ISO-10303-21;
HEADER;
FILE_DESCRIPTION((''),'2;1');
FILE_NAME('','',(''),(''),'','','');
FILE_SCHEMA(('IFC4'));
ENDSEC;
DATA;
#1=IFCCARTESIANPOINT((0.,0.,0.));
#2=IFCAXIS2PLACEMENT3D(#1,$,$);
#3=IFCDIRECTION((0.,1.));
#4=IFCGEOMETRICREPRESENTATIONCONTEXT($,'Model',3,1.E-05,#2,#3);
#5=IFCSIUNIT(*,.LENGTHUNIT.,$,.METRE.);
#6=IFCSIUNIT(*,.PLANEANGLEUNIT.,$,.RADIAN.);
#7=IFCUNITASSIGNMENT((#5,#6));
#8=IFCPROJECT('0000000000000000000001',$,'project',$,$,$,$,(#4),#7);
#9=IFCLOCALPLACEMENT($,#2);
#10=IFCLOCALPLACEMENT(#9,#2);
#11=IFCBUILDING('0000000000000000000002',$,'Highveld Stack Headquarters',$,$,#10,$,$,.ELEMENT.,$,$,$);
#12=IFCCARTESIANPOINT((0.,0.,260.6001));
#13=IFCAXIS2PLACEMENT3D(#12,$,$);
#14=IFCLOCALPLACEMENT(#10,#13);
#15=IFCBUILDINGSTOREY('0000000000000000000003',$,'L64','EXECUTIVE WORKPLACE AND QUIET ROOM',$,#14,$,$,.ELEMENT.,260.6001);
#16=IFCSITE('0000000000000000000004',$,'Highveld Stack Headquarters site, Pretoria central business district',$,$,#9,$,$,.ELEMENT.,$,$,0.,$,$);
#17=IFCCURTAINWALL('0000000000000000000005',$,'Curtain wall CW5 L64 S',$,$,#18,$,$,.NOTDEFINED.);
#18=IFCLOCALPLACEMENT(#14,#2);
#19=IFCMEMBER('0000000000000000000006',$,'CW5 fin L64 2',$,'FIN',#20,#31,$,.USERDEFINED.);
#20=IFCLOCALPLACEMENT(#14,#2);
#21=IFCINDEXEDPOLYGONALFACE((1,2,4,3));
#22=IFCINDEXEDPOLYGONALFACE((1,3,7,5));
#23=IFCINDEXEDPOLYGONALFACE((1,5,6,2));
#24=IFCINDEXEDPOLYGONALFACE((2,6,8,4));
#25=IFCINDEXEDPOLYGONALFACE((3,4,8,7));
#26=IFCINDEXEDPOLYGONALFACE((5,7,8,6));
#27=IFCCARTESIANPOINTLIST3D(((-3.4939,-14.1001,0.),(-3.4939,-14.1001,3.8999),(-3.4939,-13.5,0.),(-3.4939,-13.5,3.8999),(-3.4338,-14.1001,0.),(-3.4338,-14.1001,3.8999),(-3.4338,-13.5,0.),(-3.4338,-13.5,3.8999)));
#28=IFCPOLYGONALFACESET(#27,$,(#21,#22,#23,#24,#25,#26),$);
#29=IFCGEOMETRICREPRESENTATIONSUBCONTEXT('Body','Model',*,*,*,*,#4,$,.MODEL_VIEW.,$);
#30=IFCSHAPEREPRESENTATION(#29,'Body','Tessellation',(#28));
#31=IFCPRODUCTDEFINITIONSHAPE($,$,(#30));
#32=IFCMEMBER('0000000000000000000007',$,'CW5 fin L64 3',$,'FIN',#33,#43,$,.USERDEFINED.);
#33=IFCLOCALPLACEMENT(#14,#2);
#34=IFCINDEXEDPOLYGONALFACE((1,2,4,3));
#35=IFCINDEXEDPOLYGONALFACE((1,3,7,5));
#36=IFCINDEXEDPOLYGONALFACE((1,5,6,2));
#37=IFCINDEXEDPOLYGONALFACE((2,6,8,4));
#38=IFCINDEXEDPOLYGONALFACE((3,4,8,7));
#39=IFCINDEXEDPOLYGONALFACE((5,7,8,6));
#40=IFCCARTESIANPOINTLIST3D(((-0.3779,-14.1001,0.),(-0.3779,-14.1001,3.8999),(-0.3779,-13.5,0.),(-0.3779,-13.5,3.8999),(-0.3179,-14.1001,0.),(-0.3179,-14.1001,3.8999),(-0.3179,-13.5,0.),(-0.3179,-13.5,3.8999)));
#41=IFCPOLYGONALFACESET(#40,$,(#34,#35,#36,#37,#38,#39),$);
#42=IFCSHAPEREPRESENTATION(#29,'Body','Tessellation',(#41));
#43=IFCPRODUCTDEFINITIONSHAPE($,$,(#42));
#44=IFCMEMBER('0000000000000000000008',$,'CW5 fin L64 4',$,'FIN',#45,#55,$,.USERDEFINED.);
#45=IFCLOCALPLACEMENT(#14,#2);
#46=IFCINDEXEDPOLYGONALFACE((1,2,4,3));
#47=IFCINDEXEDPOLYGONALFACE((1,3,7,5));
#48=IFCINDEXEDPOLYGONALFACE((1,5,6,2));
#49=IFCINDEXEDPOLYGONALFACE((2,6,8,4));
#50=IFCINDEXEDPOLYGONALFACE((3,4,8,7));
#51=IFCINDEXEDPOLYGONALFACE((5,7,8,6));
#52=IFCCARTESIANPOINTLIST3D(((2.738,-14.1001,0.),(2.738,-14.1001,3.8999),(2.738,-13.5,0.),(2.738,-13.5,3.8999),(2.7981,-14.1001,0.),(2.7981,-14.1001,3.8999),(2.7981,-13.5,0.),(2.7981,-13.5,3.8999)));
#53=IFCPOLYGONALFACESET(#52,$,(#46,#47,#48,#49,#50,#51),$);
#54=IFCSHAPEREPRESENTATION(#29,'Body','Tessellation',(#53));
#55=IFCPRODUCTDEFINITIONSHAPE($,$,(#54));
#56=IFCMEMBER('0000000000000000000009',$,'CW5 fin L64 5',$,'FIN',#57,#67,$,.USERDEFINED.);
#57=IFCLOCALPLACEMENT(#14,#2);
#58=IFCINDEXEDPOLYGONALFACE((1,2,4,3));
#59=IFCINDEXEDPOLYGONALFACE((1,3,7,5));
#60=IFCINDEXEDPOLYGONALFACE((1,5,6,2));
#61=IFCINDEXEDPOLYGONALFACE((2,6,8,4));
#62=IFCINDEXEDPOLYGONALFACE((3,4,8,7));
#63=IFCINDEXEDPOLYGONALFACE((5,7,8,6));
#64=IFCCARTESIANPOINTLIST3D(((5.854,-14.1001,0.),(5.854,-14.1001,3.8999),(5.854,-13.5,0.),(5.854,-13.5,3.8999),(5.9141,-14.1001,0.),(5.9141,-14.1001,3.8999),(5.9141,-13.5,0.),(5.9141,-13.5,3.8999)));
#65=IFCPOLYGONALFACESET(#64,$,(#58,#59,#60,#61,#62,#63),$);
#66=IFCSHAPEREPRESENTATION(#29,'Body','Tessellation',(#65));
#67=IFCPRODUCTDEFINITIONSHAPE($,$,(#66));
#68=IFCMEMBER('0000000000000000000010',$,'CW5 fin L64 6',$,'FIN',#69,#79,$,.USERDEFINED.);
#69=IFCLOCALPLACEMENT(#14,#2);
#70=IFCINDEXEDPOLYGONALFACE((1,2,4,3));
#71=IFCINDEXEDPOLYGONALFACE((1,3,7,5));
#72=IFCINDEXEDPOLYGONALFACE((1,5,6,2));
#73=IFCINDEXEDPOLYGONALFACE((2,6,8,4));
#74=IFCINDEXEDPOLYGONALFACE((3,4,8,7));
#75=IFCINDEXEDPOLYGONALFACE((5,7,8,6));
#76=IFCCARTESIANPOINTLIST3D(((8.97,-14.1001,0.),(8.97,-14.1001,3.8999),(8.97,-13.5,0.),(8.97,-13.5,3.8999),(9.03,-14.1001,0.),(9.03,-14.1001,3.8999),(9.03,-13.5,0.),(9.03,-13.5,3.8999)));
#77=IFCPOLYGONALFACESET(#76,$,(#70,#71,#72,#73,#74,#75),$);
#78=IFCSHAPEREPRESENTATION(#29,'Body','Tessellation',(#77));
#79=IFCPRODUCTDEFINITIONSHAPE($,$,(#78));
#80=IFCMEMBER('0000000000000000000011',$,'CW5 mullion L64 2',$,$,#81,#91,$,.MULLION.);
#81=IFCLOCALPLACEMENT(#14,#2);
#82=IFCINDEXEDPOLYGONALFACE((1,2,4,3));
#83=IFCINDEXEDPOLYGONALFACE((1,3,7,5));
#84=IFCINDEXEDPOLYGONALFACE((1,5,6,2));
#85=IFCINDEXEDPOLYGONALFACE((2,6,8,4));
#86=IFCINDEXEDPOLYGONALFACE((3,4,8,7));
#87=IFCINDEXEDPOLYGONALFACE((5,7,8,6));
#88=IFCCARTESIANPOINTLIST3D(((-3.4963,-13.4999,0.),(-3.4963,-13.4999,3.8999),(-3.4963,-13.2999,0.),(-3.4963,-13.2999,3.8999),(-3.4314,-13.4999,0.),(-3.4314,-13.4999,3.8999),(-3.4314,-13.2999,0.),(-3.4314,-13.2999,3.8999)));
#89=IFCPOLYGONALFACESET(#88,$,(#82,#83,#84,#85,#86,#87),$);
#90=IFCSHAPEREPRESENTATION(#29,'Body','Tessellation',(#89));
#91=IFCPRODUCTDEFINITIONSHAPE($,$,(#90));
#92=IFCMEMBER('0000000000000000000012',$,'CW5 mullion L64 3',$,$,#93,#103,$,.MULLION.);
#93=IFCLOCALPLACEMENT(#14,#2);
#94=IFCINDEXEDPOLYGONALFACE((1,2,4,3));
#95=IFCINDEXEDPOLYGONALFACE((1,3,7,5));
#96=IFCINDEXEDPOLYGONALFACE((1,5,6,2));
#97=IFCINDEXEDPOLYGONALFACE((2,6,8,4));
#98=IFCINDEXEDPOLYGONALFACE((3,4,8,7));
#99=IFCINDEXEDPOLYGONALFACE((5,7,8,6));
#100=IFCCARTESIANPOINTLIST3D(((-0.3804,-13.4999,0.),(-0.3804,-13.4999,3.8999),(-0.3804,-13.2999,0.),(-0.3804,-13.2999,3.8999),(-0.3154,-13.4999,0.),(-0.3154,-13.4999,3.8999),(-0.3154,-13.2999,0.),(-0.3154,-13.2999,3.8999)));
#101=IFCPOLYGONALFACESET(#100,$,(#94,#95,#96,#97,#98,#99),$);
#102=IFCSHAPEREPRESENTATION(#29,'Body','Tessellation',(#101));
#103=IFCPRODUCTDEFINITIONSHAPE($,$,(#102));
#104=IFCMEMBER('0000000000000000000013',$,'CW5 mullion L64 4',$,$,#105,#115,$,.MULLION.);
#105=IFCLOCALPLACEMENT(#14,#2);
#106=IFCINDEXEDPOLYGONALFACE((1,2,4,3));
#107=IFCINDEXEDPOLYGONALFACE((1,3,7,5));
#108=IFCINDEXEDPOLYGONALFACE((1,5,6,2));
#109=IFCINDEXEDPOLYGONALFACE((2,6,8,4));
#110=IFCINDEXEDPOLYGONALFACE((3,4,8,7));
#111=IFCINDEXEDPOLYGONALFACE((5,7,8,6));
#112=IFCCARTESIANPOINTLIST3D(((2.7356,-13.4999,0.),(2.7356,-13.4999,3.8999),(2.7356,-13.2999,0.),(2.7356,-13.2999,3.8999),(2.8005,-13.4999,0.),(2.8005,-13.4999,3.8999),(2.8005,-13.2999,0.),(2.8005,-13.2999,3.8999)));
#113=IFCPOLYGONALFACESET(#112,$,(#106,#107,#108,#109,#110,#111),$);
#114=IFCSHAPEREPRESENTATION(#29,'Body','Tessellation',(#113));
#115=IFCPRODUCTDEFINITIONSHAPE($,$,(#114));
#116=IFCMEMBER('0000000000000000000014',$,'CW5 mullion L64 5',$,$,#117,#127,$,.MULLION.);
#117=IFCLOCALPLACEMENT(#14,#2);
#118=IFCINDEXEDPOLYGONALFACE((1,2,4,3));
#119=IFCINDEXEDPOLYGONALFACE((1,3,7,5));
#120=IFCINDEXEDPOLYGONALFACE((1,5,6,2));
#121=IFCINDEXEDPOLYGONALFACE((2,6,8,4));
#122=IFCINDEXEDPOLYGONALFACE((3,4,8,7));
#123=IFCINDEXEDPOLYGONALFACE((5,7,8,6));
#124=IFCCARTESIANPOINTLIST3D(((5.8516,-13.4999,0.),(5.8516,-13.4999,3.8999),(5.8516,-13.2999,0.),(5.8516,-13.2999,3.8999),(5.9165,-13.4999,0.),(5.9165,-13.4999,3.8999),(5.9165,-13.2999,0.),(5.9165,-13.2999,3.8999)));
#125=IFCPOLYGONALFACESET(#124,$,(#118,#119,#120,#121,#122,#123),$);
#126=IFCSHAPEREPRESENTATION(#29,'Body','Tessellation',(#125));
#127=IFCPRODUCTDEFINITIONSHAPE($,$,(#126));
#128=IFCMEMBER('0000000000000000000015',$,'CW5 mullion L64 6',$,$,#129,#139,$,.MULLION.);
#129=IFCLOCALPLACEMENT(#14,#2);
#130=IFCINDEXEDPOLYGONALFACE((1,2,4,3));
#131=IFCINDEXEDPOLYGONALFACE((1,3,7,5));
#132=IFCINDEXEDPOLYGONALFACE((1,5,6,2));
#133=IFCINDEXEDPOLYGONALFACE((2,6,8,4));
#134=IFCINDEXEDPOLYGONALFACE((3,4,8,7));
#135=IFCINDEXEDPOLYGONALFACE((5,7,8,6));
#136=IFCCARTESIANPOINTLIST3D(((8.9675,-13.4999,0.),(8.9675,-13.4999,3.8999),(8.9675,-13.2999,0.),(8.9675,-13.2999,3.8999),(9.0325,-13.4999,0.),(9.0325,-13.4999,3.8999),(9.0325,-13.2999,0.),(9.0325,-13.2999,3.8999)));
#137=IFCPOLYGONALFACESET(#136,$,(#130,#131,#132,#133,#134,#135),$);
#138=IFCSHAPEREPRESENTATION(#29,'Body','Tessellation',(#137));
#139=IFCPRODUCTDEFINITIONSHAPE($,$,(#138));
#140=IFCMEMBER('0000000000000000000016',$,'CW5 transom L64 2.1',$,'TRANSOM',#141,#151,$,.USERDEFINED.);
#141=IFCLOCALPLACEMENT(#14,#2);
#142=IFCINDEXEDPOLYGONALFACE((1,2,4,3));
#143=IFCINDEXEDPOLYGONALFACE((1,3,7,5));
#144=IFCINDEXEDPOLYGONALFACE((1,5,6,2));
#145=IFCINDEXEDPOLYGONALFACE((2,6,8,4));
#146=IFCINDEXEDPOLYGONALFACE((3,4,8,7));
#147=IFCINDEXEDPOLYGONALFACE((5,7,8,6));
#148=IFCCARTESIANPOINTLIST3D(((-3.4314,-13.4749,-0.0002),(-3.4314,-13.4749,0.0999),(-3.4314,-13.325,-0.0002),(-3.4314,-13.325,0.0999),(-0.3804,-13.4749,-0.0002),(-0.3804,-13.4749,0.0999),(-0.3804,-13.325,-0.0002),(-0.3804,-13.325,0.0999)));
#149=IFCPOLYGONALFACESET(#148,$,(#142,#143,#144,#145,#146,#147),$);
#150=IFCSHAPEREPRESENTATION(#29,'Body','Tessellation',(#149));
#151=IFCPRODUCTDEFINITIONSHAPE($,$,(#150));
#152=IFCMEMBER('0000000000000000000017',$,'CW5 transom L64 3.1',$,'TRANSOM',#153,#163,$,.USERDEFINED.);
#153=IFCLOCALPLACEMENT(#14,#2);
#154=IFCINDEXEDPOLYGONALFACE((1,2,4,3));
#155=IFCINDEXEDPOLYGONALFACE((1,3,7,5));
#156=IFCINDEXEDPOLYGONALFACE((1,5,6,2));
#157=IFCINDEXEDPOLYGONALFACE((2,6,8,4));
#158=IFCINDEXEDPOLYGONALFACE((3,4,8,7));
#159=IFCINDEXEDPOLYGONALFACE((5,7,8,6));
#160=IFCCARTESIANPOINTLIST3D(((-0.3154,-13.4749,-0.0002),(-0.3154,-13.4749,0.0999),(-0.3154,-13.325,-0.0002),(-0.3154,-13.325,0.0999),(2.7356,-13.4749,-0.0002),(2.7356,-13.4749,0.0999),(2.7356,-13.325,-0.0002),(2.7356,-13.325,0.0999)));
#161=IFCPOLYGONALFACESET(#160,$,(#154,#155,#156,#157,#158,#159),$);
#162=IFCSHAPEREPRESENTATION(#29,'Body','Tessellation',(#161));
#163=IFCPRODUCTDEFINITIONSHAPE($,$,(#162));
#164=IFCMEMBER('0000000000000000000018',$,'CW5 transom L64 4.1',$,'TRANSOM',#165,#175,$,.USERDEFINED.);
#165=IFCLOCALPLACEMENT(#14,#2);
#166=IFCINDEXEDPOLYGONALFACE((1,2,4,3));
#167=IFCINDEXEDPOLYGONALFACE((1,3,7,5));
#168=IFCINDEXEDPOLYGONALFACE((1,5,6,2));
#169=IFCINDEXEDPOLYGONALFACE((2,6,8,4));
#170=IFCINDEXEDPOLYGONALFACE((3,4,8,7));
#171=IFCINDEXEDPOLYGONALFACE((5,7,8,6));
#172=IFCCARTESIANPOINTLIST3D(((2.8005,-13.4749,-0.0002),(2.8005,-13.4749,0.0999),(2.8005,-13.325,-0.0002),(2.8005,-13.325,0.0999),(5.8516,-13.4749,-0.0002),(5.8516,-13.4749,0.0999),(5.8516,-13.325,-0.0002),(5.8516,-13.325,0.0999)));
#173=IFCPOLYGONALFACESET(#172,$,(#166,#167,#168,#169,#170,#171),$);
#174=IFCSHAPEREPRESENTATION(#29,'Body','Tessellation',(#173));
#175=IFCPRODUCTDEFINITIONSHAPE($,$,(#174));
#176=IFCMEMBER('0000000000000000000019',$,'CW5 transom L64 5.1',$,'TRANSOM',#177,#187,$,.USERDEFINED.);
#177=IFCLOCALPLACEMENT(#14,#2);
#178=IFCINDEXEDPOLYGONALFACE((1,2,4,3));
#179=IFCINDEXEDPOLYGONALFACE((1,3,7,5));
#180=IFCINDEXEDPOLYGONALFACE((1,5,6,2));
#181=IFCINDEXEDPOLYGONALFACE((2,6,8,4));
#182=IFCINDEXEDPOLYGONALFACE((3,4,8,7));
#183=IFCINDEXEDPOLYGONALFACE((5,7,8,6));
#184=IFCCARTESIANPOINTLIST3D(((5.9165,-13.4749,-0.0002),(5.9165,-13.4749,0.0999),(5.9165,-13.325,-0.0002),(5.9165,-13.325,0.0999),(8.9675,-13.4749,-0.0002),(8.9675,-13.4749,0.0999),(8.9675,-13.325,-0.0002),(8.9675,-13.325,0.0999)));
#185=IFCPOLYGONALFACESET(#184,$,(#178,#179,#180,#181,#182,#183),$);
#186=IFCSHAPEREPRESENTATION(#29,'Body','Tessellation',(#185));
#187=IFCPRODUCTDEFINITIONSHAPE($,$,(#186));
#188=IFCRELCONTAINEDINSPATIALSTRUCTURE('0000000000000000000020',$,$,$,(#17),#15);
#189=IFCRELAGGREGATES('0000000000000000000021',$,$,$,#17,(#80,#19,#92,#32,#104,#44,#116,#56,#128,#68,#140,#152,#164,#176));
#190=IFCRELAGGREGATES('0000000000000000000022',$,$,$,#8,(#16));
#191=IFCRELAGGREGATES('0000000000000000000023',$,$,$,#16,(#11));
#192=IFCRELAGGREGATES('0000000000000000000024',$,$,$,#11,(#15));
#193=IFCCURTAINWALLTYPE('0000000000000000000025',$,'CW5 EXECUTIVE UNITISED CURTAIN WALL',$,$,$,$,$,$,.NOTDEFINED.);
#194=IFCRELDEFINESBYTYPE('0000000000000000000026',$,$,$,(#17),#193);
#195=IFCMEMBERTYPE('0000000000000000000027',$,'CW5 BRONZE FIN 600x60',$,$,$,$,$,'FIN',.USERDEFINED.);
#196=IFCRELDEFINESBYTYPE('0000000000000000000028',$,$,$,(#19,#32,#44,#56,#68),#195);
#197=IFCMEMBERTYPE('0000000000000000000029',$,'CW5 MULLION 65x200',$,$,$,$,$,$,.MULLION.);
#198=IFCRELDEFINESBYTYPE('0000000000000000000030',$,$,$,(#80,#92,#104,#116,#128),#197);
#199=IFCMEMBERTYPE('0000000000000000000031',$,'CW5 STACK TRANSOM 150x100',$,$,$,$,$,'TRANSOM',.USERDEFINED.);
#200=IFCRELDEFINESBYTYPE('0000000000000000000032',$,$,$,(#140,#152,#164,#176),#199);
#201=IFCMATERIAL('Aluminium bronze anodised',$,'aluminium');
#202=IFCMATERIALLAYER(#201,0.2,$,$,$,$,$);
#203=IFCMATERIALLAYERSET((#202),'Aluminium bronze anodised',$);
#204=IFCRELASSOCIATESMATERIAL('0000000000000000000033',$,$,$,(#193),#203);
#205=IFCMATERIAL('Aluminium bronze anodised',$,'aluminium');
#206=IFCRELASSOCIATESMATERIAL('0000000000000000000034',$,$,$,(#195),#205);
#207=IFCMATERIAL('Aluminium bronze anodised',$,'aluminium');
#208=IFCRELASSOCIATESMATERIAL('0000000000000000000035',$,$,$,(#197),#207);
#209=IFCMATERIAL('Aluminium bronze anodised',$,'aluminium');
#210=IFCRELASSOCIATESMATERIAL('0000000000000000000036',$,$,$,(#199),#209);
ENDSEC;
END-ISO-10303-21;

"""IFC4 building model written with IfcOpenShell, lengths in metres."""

from ifc_helpers import new_model, si_unit, direction, frame, origin, origin_2d, place, context, subcontext, project, spatial, rectangle, extrude, material, layer, layer_set, material_profile, profile_set, type_object, element, aggregate, save


model = new_model("IFC4")

# Units and contexts
model_context = context("Model", 3, precision=1e-05, world=origin(), true_north=direction((0.0, 1.0)))
body_context = subcontext(model_context, "Body", "Model", "MODEL_VIEW")
ifc_project = project(units=[si_unit("LENGTHUNIT", "METRE"), si_unit("PLANEANGLEUNIT", "RADIAN")], contexts=[model_context])

# Site, building, storey
site_placement = place(None, origin())
site = spatial("IfcSite", under=ifc_project, at=site_placement, Name="Highveld Stack Headquarters site, Pretoria central business district", CompositionType="ELEMENT", RefElevation=0.0)
building_placement = place(site_placement, origin())
building = spatial("IfcBuilding", under=site, at=building_placement, Name="Highveld Stack Headquarters", CompositionType="ELEMENT")
storey_placement = place(building_placement, frame((0.0, 0.0, 260.6001)))
storey = spatial("IfcBuildingStorey", under=building, at=storey_placement, Name="L64", Description="EXECUTIVE WORKPLACE AND QUIET ROOM", CompositionType="ELEMENT", Elevation=260.6001)

# Curtain wall, members
ifc_material_1 = material(Name="Aluminium bronze anodised", Category="aluminium")
ifc_layer_1 = layer(ifc_material_1, 0.2)
ifc_layer_set_1 = layer_set([ifc_layer_1], Name="Aluminium bronze anodised")
curtain_wall_type = type_object("IfcCurtainWallType", Name="CW5 EXECUTIVE UNITISED CURTAIN WALL", PredefinedType="NOTDEFINED", material=ifc_layer_set_1)
curtain_wall_placement = place(storey_placement, origin())
curtain_wall = element("IfcCurtainWall", 1, at=curtain_wall_placement, inside=storey, type_object=curtain_wall_type, Name="Curtain wall CW5 L64 S", PredefinedType="NOTDEFINED")
ifc_material_2 = material(Name="Aluminium bronze anodised", Category="aluminium")
ifc_material_profile_1 = material_profile(ifc_material_2, rectangle(XDim=0.6001, YDim=0.0601, at=origin_2d()), Name="FIN 600x60")
ifc_profile_set_1 = profile_set([ifc_material_profile_1], Name="Aluminium bronze anodised")
member_type_1 = type_object("IfcMemberType", Name="CW5 BRONZE FIN 600x60", ElementType="FIN", PredefinedType="USERDEFINED", material=ifc_profile_set_1)
member_1_placement = place(storey_placement, frame((-3.4639, -13.8, 0.0), z_axis=(0.0, 0.0, 1.0), x_axis=(0.0, 1.0, 0.0)))
member_1 = element("IfcMember", 2, at=member_1_placement, type_object=member_type_1, Name="CW5 fin L64 2", ObjectType="FIN", PredefinedType="USERDEFINED", context=body_context, shape_type="SweptSolid", body=[
    extrude(rectangle(XDim=0.6001, YDim=0.0601, at=origin_2d()), origin(), (0.0, 0.0, 1.0), 3.8999),
])
member_2_placement = place(storey_placement, frame((-0.3479, -13.8, 0.0), z_axis=(0.0, 0.0, 1.0), x_axis=(0.0, 1.0, 0.0)))
member_2 = element("IfcMember", 3, at=member_2_placement, type_object=member_type_1, Name="CW5 fin L64 3", ObjectType="FIN", PredefinedType="USERDEFINED", context=body_context, shape_type="SweptSolid", body=[
    extrude(rectangle(XDim=0.6001, YDim=0.0601, at=origin_2d()), origin(), (0.0, 0.0, 1.0), 3.8999),
])
member_3_placement = place(storey_placement, frame((2.7681, -13.8, 0.0), z_axis=(0.0, 0.0, 1.0), x_axis=(0.0, 1.0, 0.0)))
member_3 = element("IfcMember", 4, at=member_3_placement, type_object=member_type_1, Name="CW5 fin L64 4", ObjectType="FIN", PredefinedType="USERDEFINED", context=body_context, shape_type="SweptSolid", body=[
    extrude(rectangle(XDim=0.6001, YDim=0.0601, at=origin_2d()), origin(), (0.0, 0.0, 1.0), 3.8999),
])
member_4_placement = place(storey_placement, frame((5.884, -13.8, 0.0), z_axis=(0.0, 0.0, 1.0), x_axis=(0.0, 1.0, 0.0)))
member_4 = element("IfcMember", 5, at=member_4_placement, type_object=member_type_1, Name="CW5 fin L64 5", ObjectType="FIN", PredefinedType="USERDEFINED", context=body_context, shape_type="SweptSolid", body=[
    extrude(rectangle(XDim=0.6001, YDim=0.0601, at=origin_2d()), origin(), (0.0, 0.0, 1.0), 3.8999),
])
member_5_placement = place(storey_placement, frame((9.0, -13.8, 0.0), z_axis=(0.0, 0.0, 1.0), x_axis=(0.0, 1.0, 0.0)))
member_5 = element("IfcMember", 6, at=member_5_placement, type_object=member_type_1, Name="CW5 fin L64 6", ObjectType="FIN", PredefinedType="USERDEFINED", context=body_context, shape_type="SweptSolid", body=[
    extrude(rectangle(XDim=0.6001, YDim=0.0601, at=origin_2d()), origin(), (0.0, 0.0, 1.0), 3.8999),
])
ifc_material_3 = material(Name="Aluminium bronze anodised", Category="aluminium")
ifc_material_profile_2 = material_profile(ifc_material_3, rectangle(XDim=0.2, YDim=0.0649, at=origin_2d()), Name="CW5 MULLION 65x200")
ifc_profile_set_2 = profile_set([ifc_material_profile_2], Name="Aluminium bronze anodised")
member_type_2 = type_object("IfcMemberType", Name="CW5 MULLION 65x200", PredefinedType="MULLION", material=ifc_profile_set_2)
member_6_placement = place(storey_placement, frame((-3.4639, -13.3999, 0.0), z_axis=(0.0, 0.0, 1.0), x_axis=(0.0, 1.0, 0.0)))
member_6 = element("IfcMember", 7, at=member_6_placement, type_object=member_type_2, Name="CW5 mullion L64 2", PredefinedType="MULLION", context=body_context, shape_type="SweptSolid", body=[
    extrude(rectangle(XDim=0.2, YDim=0.0649, at=origin_2d()), origin(), (0.0, 0.0, 1.0), 3.8999),
])
member_7_placement = place(storey_placement, frame((-0.3479, -13.3999, 0.0), z_axis=(0.0, 0.0, 1.0), x_axis=(0.0, 1.0, 0.0)))
member_7 = element("IfcMember", 8, at=member_7_placement, type_object=member_type_2, Name="CW5 mullion L64 3", PredefinedType="MULLION", context=body_context, shape_type="SweptSolid", body=[
    extrude(rectangle(XDim=0.2, YDim=0.0649, at=origin_2d()), origin(), (0.0, 0.0, 1.0), 3.8999),
])
member_8_placement = place(storey_placement, frame((2.7681, -13.3999, 0.0), z_axis=(0.0, 0.0, 1.0), x_axis=(0.0, 1.0, 0.0)))
member_8 = element("IfcMember", 9, at=member_8_placement, type_object=member_type_2, Name="CW5 mullion L64 4", PredefinedType="MULLION", context=body_context, shape_type="SweptSolid", body=[
    extrude(rectangle(XDim=0.2, YDim=0.0649, at=origin_2d()), origin(), (0.0, 0.0, 1.0), 3.8999),
])
member_9_placement = place(storey_placement, frame((5.884, -13.3999, 0.0), z_axis=(0.0, 0.0, 1.0), x_axis=(0.0, 1.0, 0.0)))
member_9 = element("IfcMember", 10, at=member_9_placement, type_object=member_type_2, Name="CW5 mullion L64 5", PredefinedType="MULLION", context=body_context, shape_type="SweptSolid", body=[
    extrude(rectangle(XDim=0.2, YDim=0.0649, at=origin_2d()), origin(), (0.0, 0.0, 1.0), 3.8999),
])
member_10_placement = place(storey_placement, frame((9.0, -13.3999, 0.0), z_axis=(0.0, 0.0, 1.0), x_axis=(0.0, 1.0, 0.0)))
member_10 = element("IfcMember", 11, at=member_10_placement, type_object=member_type_2, Name="CW5 mullion L64 6", PredefinedType="MULLION", context=body_context, shape_type="SweptSolid", body=[
    extrude(rectangle(XDim=0.2, YDim=0.0649, at=origin_2d()), origin(), (0.0, 0.0, 1.0), 3.8999),
])
ifc_material_4 = material(Name="Aluminium bronze anodised", Category="aluminium")
ifc_material_profile_3 = material_profile(ifc_material_4, rectangle(XDim=0.1499, YDim=0.1001, at=origin_2d()), Name="CW5 TRANSOM 150x100")
ifc_profile_set_3 = profile_set([ifc_material_profile_3], Name="Aluminium bronze anodised")
member_type_3 = type_object("IfcMemberType", Name="CW5 STACK TRANSOM 150x100", ElementType="TRANSOM", PredefinedType="USERDEFINED", material=ifc_profile_set_3)
member_11_placement = place(storey_placement, frame((-3.4314, -13.3999, 0.0498), z_axis=(1.0, 0.0, 0.0), x_axis=(0.0, 1.0, 0.0)))
member_11 = element("IfcMember", 12, at=member_11_placement, type_object=member_type_3, Name="CW5 transom L64 2.1", ObjectType="TRANSOM", PredefinedType="USERDEFINED", context=body_context, shape_type="SweptSolid", body=[
    extrude(rectangle(XDim=0.1499, YDim=0.1001, at=origin_2d()), origin(), (0.0, 0.0, 1.0), 3.051),
])
member_12_placement = place(storey_placement, frame((-0.3154, -13.3999, 0.0498), z_axis=(1.0, 0.0, 0.0), x_axis=(0.0, 1.0, 0.0)))
member_12 = element("IfcMember", 13, at=member_12_placement, type_object=member_type_3, Name="CW5 transom L64 3.1", ObjectType="TRANSOM", PredefinedType="USERDEFINED", context=body_context, shape_type="SweptSolid", body=[
    extrude(rectangle(XDim=0.1499, YDim=0.1001, at=origin_2d()), origin(), (0.0, 0.0, 1.0), 3.051),
])
member_13_placement = place(storey_placement, frame((2.8005, -13.3999, 0.0498), z_axis=(1.0, 0.0, 0.0), x_axis=(0.0, 1.0, 0.0)))
member_13 = element("IfcMember", 14, at=member_13_placement, type_object=member_type_3, Name="CW5 transom L64 4.1", ObjectType="TRANSOM", PredefinedType="USERDEFINED", context=body_context, shape_type="SweptSolid", body=[
    extrude(rectangle(XDim=0.1499, YDim=0.1001, at=origin_2d()), origin(), (0.0, 0.0, 1.0), 3.051),
])
member_14_placement = place(storey_placement, frame((5.9165, -13.3999, 0.0498), z_axis=(1.0, 0.0, 0.0), x_axis=(0.0, 1.0, 0.0)))
member_14 = element("IfcMember", 15, at=member_14_placement, type_object=member_type_3, Name="CW5 transom L64 5.1", ObjectType="TRANSOM", PredefinedType="USERDEFINED", context=body_context, shape_type="SweptSolid", body=[
    extrude(rectangle(XDim=0.1499, YDim=0.1001, at=origin_2d()), origin(), (0.0, 0.0, 1.0), 3.051),
])
aggregate(curtain_wall, [member_6, member_1, member_7, member_2, member_8, member_3, member_9, member_4, member_10, member_5, member_11, member_12, member_13, member_14])

save(model, "model.ifc")
